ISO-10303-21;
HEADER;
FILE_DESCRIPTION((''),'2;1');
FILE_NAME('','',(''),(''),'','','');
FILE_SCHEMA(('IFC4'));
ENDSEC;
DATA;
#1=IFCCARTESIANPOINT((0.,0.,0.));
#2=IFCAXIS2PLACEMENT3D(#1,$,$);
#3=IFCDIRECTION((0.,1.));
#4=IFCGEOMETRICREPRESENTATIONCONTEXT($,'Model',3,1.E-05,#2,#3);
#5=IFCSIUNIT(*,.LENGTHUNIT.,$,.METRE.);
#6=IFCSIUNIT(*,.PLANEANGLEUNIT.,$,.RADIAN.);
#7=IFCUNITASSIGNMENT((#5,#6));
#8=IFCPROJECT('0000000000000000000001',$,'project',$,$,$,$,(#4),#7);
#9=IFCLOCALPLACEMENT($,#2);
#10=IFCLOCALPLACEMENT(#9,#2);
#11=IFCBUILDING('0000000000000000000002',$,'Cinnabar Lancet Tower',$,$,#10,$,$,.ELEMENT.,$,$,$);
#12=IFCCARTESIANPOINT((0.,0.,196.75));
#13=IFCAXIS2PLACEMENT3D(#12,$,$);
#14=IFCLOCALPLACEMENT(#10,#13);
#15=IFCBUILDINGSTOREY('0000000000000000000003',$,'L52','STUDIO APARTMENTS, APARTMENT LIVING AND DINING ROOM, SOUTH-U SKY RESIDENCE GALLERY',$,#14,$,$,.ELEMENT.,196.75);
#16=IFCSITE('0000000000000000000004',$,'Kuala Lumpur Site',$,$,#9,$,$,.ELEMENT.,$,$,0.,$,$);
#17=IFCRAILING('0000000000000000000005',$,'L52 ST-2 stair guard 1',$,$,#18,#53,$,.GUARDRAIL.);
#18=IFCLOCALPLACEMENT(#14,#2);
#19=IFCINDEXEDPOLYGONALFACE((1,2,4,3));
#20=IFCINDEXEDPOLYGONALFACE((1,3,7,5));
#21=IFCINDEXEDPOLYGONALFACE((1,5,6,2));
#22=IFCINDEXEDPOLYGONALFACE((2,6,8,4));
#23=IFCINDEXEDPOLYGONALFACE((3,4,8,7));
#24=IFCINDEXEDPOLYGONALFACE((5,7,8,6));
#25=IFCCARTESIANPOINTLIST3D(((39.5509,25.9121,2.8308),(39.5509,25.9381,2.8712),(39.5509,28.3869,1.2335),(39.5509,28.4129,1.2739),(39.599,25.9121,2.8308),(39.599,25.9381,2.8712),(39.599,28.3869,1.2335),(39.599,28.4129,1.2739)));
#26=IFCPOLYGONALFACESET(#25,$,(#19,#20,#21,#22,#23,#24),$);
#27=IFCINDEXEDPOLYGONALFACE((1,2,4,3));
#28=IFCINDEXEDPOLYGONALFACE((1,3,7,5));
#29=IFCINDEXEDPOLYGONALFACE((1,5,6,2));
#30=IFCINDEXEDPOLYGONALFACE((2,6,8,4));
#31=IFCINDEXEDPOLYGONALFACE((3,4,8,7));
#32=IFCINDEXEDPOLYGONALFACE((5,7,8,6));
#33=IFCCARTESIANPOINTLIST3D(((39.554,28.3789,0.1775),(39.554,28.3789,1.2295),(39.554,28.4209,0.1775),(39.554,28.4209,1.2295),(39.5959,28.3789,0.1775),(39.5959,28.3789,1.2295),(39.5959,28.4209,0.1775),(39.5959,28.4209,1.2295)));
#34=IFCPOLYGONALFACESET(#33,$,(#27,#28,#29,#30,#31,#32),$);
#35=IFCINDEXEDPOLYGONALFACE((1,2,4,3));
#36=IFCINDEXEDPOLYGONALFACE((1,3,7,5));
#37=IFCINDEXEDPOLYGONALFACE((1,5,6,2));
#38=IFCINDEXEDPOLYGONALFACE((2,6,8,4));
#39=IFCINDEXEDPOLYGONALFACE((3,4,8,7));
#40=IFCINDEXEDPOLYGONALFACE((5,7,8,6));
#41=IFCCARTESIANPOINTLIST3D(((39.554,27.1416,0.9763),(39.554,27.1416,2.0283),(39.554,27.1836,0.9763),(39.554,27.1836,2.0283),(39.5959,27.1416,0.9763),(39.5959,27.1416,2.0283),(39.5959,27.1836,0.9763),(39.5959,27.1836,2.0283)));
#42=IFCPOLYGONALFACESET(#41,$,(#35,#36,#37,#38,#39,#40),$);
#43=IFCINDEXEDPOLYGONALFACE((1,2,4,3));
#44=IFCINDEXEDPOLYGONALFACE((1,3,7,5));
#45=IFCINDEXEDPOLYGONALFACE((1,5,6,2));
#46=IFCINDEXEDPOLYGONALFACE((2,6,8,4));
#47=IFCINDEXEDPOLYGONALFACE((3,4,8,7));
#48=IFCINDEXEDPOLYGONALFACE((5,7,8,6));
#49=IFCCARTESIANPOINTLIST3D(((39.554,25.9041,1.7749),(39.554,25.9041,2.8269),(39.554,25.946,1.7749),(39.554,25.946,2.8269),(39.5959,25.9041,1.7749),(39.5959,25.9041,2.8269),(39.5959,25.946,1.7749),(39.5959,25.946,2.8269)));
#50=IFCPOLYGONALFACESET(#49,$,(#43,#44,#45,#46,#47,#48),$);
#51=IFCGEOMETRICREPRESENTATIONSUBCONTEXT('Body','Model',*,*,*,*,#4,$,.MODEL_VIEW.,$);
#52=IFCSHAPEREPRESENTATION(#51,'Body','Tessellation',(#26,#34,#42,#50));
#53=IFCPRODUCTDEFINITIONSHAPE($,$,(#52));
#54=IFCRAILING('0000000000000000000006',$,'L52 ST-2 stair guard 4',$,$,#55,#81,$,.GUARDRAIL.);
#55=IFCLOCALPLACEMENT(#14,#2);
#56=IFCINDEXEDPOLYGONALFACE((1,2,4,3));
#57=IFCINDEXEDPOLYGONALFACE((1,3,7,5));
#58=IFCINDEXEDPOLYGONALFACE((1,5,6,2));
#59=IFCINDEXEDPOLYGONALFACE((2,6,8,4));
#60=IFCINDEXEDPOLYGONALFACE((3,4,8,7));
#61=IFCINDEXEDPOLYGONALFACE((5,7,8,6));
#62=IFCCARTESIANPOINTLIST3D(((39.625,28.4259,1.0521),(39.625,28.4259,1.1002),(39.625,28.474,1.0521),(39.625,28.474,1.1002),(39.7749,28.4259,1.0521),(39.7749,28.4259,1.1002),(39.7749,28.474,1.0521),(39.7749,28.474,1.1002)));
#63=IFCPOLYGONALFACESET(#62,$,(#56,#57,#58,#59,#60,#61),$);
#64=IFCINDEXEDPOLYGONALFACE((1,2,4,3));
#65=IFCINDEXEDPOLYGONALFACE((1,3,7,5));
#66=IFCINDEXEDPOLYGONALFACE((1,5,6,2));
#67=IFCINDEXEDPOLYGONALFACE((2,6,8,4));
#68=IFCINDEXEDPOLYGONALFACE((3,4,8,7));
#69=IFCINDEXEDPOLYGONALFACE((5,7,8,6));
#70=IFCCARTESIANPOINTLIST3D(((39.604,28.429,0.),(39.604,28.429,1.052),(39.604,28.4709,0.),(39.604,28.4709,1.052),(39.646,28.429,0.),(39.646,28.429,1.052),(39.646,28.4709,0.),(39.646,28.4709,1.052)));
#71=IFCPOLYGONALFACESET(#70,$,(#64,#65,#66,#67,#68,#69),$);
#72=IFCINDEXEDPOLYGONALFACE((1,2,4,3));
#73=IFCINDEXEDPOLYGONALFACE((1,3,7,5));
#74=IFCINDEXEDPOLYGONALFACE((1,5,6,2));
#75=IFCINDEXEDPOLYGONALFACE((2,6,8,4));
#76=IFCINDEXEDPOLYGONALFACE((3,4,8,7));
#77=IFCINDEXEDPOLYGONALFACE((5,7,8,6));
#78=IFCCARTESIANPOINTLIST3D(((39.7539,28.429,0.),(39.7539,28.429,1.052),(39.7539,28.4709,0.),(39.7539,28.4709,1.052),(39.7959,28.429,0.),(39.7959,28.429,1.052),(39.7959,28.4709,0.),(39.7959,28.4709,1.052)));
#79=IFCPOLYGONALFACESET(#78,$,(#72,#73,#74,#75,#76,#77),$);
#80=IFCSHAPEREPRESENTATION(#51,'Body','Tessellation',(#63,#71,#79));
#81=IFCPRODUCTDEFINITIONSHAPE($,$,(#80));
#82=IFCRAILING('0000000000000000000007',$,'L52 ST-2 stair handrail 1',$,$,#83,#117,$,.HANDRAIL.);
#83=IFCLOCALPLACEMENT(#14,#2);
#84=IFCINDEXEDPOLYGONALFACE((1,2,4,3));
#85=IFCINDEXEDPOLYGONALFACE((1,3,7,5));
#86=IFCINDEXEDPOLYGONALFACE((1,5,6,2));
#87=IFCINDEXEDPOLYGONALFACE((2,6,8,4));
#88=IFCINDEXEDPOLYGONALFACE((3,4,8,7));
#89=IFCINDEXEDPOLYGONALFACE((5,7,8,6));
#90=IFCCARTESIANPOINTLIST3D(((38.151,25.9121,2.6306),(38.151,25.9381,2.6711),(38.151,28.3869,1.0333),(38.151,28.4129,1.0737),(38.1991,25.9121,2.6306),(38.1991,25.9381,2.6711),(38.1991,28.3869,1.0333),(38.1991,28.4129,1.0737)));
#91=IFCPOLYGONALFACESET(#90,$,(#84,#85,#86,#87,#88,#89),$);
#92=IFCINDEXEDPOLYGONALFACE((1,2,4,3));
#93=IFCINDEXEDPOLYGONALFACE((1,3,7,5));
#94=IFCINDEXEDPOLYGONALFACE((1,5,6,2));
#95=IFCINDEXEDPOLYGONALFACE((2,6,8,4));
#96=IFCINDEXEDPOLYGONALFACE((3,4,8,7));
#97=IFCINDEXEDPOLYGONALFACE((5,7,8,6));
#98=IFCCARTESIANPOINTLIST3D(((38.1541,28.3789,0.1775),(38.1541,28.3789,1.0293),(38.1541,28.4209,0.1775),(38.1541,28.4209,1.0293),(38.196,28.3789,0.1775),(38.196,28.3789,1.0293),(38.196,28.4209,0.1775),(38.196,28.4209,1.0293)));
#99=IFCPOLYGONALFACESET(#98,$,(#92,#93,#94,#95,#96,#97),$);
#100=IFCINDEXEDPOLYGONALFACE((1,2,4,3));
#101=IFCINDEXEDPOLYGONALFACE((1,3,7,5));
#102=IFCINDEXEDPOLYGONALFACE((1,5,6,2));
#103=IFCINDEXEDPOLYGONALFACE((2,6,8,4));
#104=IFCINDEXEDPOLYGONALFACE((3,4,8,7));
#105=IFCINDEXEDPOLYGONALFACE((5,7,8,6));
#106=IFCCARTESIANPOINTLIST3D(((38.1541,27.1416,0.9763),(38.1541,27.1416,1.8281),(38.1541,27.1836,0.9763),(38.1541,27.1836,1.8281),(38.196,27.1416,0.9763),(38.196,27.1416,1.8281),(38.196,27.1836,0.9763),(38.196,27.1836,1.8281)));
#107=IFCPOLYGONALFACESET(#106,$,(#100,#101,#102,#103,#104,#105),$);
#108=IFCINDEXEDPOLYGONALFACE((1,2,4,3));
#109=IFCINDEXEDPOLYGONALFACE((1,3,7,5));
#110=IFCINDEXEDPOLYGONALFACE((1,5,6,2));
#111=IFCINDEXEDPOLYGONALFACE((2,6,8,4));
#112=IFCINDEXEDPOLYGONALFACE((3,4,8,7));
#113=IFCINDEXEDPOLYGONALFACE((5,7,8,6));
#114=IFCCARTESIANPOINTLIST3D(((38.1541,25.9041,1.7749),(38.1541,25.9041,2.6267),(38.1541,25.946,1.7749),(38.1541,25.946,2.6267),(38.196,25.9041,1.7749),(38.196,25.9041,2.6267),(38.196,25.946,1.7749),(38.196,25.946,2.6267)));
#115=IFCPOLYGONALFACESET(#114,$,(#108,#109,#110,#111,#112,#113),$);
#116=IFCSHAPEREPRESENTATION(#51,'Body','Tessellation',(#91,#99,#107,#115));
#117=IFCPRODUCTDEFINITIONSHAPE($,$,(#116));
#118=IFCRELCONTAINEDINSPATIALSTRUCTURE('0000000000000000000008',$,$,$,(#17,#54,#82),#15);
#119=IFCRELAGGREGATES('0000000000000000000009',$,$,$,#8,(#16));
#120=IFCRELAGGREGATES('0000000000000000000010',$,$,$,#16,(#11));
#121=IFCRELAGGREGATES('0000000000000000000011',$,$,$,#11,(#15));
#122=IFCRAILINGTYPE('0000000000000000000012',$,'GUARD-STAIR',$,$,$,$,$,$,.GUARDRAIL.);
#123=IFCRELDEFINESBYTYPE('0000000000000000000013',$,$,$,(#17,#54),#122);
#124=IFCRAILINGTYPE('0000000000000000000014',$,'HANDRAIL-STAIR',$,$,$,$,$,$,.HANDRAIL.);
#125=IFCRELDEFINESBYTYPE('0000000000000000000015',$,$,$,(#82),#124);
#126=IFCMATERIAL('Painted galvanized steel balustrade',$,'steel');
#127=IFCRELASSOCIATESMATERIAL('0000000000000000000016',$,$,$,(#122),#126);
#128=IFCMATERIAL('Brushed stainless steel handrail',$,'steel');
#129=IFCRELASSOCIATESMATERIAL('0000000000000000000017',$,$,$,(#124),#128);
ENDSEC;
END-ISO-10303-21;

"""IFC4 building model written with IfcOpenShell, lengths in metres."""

from ifc_helpers import new_model, si_unit, direction, frame, origin, origin_2d, place, context, subcontext, project, spatial, rectangle, extrude, material, type_object, element, save


model = new_model("IFC4")

# Units and contexts
model_context = context("Model", 3, precision=1e-05, world=origin(), true_north=direction((0.0, 1.0)))
body_context = subcontext(model_context, "Body", "Model", "MODEL_VIEW")
ifc_project = project(units=[si_unit("LENGTHUNIT", "METRE"), si_unit("PLANEANGLEUNIT", "RADIAN")], contexts=[model_context])

# Site, building, storey
site_placement = place(None, origin())
site = spatial("IfcSite", under=ifc_project, at=site_placement, Name="Kuala Lumpur Site", CompositionType="ELEMENT", RefElevation=0.0)
building_placement = place(site_placement, origin())
building = spatial("IfcBuilding", under=site, at=building_placement, Name="Cinnabar Lancet Tower", CompositionType="ELEMENT")
storey_placement = place(building_placement, frame((0.0, 0.0, 196.75)))
storey = spatial("IfcBuildingStorey", under=building, at=storey_placement, Name="L52", Description="STUDIO APARTMENTS, APARTMENT LIVING AND DINING ROOM, SOUTH-U SKY RESIDENCE GALLERY", CompositionType="ELEMENT", Elevation=196.75)

# Railings
ifc_material_1 = material(Name="Painted galvanized steel balustrade", Category="steel")
railing_type_1 = type_object("IfcRailingType", Name="GUARD-STAIR", PredefinedType="GUARDRAIL", material=ifc_material_1)
railing_1_placement = place(storey_placement, frame((39.575, 28.3999, 0.1775)))
element("IfcRailing", 1, at=railing_1_placement, inside=storey, type_object=railing_type_1, Name="L52 ST-2 stair guard 1", PredefinedType="GUARDRAIL", context=body_context, shape_type="SweptSolid", body=[
    extrude(rectangle(XDim=0.0481, YDim=0.0481, at=origin_2d()), frame((0.0, 0.0, 1.0762), z_axis=(0.0, -0.840183, 0.542302), x_axis=(1.0, 0.0, 0.0)), (0.0, 0.0, 1.0), 2.9456),
    extrude(rectangle(XDim=0.042, YDim=0.042, at=origin_2d()), origin(), (0.0, 0.0, 1.0), 1.052),
    extrude(rectangle(XDim=0.042, YDim=0.042, at=origin_2d()), frame((0.0, -1.2373, 0.7988)), (0.0, 0.0, 1.0), 1.052),
    extrude(rectangle(XDim=0.042, YDim=0.042, at=origin_2d()), frame((0.0, -2.4749, 1.5974)), (0.0, 0.0, 1.0), 1.052),
])
railing_2_placement = place(storey_placement, frame((39.625, 28.45, 0.0)))
element("IfcRailing", 2, at=railing_2_placement, inside=storey, type_object=railing_type_1, Name="L52 ST-2 stair guard 4", PredefinedType="GUARDRAIL", context=body_context, shape_type="SweptSolid", body=[
    extrude(rectangle(XDim=0.0481, YDim=0.0481, at=origin_2d()), frame((0.0, 0.0, 1.0762), z_axis=(1.0, 0.0, 0.0), x_axis=(0.0, 1.0, 0.0)), (0.0, 0.0, 1.0), 0.1499),
    extrude(rectangle(XDim=0.042, YDim=0.042, at=origin_2d()), origin(), (0.0, 0.0, 1.0), 1.052),
    extrude(rectangle(XDim=0.042, YDim=0.042, at=origin_2d()), frame((0.1499, 0.0, 0.0)), (0.0, 0.0, 1.0), 1.052),
])
ifc_material_2 = material(Name="Brushed stainless steel handrail", Category="steel")
railing_type_2 = type_object("IfcRailingType", Name="HANDRAIL-STAIR", PredefinedType="HANDRAIL", material=ifc_material_2)
railing_3_placement = place(storey_placement, frame((38.175, 28.3999, 0.1775)))
element("IfcRailing", 3, at=railing_3_placement, inside=storey, type_object=railing_type_2, Name="L52 ST-2 stair handrail 1", PredefinedType="HANDRAIL", context=body_context, shape_type="SweptSolid", body=[
    extrude(rectangle(XDim=0.0481, YDim=0.0481, at=origin_2d()), frame((0.0, 0.0, 0.876), z_axis=(0.0, -0.840183, 0.542302), x_axis=(1.0, 0.0, 0.0)), (0.0, 0.0, 1.0), 2.9456),
    extrude(rectangle(XDim=0.042, YDim=0.042, at=origin_2d()), origin(), (0.0, 0.0, 1.0), 0.8518),
    extrude(rectangle(XDim=0.042, YDim=0.042, at=origin_2d()), frame((0.0, -1.2373, 0.7988)), (0.0, 0.0, 1.0), 0.8518),
    extrude(rectangle(XDim=0.042, YDim=0.042, at=origin_2d()), frame((0.0, -2.4749, 1.5974)), (0.0, 0.0, 1.0), 0.8518),
])

save(model, "model.ifc")
